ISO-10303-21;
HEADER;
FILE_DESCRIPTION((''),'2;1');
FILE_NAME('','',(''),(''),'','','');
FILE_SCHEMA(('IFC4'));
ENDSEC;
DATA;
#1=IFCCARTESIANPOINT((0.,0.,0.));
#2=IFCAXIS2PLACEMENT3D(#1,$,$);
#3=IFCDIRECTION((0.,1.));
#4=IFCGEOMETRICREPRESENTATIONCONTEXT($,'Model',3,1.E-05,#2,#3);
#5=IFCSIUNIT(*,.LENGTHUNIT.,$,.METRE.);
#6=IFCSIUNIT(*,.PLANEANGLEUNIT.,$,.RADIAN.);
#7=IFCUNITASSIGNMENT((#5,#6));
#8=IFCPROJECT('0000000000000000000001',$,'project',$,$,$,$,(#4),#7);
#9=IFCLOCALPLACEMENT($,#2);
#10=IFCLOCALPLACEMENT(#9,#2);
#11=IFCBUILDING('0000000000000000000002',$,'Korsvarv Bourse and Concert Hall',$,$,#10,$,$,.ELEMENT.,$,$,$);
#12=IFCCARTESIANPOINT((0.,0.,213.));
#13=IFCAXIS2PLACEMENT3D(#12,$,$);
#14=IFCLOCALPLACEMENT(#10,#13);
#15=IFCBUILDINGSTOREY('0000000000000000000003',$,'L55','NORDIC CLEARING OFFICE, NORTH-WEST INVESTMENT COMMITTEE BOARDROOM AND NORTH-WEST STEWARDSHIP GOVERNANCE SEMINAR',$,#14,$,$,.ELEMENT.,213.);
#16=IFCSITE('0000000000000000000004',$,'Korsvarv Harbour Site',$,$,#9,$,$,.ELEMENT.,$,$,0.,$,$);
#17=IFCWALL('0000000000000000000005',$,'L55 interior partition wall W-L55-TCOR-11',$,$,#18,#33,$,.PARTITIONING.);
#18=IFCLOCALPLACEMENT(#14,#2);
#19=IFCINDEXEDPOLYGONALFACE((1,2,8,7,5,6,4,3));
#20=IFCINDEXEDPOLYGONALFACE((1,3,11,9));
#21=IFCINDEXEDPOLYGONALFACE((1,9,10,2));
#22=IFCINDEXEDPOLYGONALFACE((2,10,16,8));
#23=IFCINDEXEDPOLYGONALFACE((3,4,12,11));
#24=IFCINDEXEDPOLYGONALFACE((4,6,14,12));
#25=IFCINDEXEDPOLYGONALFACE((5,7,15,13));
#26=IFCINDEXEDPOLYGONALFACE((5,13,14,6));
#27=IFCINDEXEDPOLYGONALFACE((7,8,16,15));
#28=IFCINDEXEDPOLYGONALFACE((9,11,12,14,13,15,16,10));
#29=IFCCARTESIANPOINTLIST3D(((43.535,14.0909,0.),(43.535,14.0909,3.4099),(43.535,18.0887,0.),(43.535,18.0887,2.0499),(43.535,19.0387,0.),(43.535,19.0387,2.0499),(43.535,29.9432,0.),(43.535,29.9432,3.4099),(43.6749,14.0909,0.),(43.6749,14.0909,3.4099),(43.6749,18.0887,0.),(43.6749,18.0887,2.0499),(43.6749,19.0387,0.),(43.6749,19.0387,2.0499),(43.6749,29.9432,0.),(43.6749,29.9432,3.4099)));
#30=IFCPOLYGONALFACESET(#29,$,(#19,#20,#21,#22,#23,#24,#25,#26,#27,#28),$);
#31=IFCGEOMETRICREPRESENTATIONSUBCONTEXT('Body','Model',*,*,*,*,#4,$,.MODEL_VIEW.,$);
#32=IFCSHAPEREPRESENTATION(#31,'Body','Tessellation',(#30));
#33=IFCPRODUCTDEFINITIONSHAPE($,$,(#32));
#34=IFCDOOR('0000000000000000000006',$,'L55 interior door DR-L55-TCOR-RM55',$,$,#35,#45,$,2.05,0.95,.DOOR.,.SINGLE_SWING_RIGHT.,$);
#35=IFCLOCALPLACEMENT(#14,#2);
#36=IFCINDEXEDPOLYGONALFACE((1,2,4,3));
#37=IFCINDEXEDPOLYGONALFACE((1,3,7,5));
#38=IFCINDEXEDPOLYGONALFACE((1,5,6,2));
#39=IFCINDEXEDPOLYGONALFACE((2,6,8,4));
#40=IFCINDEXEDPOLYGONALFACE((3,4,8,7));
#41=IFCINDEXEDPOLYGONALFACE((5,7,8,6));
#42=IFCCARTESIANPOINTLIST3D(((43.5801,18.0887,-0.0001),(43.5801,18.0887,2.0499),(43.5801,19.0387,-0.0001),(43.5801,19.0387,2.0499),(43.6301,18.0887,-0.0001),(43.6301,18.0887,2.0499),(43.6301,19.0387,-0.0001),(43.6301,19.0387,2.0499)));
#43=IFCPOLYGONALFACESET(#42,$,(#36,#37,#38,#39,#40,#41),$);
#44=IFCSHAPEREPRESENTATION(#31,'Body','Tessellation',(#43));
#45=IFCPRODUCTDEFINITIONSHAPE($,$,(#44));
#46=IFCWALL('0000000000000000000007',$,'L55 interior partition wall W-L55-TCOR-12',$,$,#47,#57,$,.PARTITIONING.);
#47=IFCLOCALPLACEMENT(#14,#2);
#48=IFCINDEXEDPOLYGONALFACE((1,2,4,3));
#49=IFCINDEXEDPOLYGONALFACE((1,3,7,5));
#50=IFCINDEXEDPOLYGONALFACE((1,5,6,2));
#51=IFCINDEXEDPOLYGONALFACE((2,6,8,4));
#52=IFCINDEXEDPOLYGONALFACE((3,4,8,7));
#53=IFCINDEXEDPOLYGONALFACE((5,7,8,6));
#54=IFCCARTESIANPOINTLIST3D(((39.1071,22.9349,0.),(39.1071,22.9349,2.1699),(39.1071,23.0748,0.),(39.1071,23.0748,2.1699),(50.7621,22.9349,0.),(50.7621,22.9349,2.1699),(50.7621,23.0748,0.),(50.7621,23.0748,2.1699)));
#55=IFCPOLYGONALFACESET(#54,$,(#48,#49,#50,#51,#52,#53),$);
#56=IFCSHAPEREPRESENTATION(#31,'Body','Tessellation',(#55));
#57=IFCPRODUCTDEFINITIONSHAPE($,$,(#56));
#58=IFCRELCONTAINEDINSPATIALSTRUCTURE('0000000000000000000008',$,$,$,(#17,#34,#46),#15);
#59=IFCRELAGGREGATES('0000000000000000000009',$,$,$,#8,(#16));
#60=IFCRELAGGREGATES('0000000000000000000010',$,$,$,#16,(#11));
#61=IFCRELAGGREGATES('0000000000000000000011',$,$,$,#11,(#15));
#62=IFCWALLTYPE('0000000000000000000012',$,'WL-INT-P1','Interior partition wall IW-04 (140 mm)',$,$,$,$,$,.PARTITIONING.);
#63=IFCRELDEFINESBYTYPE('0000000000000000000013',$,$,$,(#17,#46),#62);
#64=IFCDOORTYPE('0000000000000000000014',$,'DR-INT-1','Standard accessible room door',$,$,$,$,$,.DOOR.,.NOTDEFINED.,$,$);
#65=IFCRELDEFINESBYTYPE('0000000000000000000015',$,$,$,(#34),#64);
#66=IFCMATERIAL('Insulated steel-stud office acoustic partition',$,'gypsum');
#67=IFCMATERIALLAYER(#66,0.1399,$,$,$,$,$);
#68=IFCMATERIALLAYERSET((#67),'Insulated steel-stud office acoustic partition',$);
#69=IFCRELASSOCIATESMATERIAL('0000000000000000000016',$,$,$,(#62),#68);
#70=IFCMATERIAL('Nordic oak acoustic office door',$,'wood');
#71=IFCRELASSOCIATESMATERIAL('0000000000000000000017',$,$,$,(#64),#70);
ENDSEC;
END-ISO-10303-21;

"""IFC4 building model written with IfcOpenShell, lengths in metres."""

from ifc_helpers import new_model, si_unit, direction, frame, frame_2d, origin, place, context, subcontext, project, spatial, rectangle, extrude, material, layer, layer_set, type_object, element, fill, save


model = new_model("IFC4")

# Units and contexts
model_context = context("Model", 3, precision=1e-05, world=origin(), true_north=direction((0.0, 1.0)))
body_context = subcontext(model_context, "Body", "Model", "MODEL_VIEW")
ifc_project = project(units=[si_unit("LENGTHUNIT", "METRE"), si_unit("PLANEANGLEUNIT", "RADIAN")], contexts=[model_context])

# Site, building, storey
site_placement = place(None, origin())
site = spatial("IfcSite", under=ifc_project, at=site_placement, Name="Korsvarv Harbour Site", CompositionType="ELEMENT", RefElevation=0.0)
building_placement = place(site_placement, origin())
building = spatial("IfcBuilding", under=site, at=building_placement, Name="Korsvarv Bourse and Concert Hall", CompositionType="ELEMENT")
storey_placement = place(building_placement, frame((0.0, 0.0, 213.0)))
storey = spatial("IfcBuildingStorey", under=building, at=storey_placement, Name="L55", Description="NORDIC CLEARING OFFICE, NORTH-WEST INVESTMENT COMMITTEE BOARDROOM AND NORTH-WEST STEWARDSHIP GOVERNANCE SEMINAR", CompositionType="ELEMENT", Elevation=213.0)

# Wall, opening, door
ifc_material_1 = material(Name="Insulated steel-stud office acoustic partition", Category="gypsum")
ifc_layer_1 = layer(ifc_material_1, 0.1399)
ifc_layer_set_1 = layer_set([ifc_layer_1], Name="Insulated steel-stud office acoustic partition")
wall_type_1 = type_object("IfcWallType", Name="WL-INT-P1", Description="Interior partition wall IW-04 (140 mm)", PredefinedType="PARTITIONING", material=ifc_layer_set_1)
wall_1_placement = place(storey_placement, frame((43.605, 14.0908, 0.0), z_axis=(0.0, 0.0, 1.0), x_axis=(0.0, 1.0, 0.0)))
wall_1 = element("IfcWall", 1, at=wall_1_placement, inside=storey, type_object=wall_type_1, Name="L55 interior partition wall W-L55-TCOR-11", PredefinedType="PARTITIONING", context=body_context, shape_type="SweptSolid", body=[
    extrude(rectangle(XDim=15.8523, YDim=0.1399, at=frame_2d((7.9263, 0.0))), origin(), (0.0, 0.0, 1.0), 3.4099),
])
opening_1_placement = place(wall_1_placement, frame((3.9978, 0.0, 0.0)))
opening_1 = element("IfcOpeningElement", 2, at=opening_1_placement, cuts=wall_1, PredefinedType="OPENING", context=body_context, shape_type="SweptSolid", body=[
    extrude(rectangle(XDim=0.95, YDim=2.05, at=frame_2d((0.4751, 1.0249))), frame((0.0, 0.0801, 0.0), z_axis=(0.0, -1.0, 0.0), x_axis=(1.0, 0.0, 0.0)), (0.0, 0.0, 1.0), 0.1599),
])
ifc_material_2 = material(Name="Nordic oak acoustic office door", Category="wood")
door_type_1 = type_object("IfcDoorType", Name="DR-INT-1", Description="Standard accessible room door", OperationType="NOTDEFINED", PredefinedType="DOOR", material=ifc_material_2)
door_1_placement = place(opening_1_placement, origin())
door_1 = element("IfcDoor", 3, at=door_1_placement, inside=storey, type_object=door_type_1, Name="L55 interior door DR-L55-TCOR-RM55", OperationType="SINGLE_SWING_RIGHT", OverallHeight=2.05, OverallWidth=0.95, PredefinedType="DOOR", context=body_context, shape_type="SweptSolid", body=[
    extrude(rectangle(XDim=0.95, YDim=2.05, at=frame_2d((0.4751, 1.0249))), frame((0.0, 0.0249, 0.0), z_axis=(0.0, -1.0, 0.0), x_axis=(1.0, 0.0, 0.0)), (0.0, 0.0, 1.0), 0.05),
])
fill(opening_1, door_1)

# Wall
wall_2_placement = place(storey_placement, frame((39.1069, 23.0049, 0.0), z_axis=(0.0, 0.0, 1.0), x_axis=(1.0, 0.0, 0.0)))
element("IfcWall", 4, at=wall_2_placement, inside=storey, type_object=wall_type_1, Name="L55 interior partition wall W-L55-TCOR-12", PredefinedType="PARTITIONING", context=body_context, shape_type="SweptSolid", body=[
    extrude(rectangle(XDim=11.655, YDim=0.1399, at=frame_2d((5.8276, 0.0))), origin(), (0.0, 0.0, 1.0), 2.1699),
])

save(model, "model.ifc")
